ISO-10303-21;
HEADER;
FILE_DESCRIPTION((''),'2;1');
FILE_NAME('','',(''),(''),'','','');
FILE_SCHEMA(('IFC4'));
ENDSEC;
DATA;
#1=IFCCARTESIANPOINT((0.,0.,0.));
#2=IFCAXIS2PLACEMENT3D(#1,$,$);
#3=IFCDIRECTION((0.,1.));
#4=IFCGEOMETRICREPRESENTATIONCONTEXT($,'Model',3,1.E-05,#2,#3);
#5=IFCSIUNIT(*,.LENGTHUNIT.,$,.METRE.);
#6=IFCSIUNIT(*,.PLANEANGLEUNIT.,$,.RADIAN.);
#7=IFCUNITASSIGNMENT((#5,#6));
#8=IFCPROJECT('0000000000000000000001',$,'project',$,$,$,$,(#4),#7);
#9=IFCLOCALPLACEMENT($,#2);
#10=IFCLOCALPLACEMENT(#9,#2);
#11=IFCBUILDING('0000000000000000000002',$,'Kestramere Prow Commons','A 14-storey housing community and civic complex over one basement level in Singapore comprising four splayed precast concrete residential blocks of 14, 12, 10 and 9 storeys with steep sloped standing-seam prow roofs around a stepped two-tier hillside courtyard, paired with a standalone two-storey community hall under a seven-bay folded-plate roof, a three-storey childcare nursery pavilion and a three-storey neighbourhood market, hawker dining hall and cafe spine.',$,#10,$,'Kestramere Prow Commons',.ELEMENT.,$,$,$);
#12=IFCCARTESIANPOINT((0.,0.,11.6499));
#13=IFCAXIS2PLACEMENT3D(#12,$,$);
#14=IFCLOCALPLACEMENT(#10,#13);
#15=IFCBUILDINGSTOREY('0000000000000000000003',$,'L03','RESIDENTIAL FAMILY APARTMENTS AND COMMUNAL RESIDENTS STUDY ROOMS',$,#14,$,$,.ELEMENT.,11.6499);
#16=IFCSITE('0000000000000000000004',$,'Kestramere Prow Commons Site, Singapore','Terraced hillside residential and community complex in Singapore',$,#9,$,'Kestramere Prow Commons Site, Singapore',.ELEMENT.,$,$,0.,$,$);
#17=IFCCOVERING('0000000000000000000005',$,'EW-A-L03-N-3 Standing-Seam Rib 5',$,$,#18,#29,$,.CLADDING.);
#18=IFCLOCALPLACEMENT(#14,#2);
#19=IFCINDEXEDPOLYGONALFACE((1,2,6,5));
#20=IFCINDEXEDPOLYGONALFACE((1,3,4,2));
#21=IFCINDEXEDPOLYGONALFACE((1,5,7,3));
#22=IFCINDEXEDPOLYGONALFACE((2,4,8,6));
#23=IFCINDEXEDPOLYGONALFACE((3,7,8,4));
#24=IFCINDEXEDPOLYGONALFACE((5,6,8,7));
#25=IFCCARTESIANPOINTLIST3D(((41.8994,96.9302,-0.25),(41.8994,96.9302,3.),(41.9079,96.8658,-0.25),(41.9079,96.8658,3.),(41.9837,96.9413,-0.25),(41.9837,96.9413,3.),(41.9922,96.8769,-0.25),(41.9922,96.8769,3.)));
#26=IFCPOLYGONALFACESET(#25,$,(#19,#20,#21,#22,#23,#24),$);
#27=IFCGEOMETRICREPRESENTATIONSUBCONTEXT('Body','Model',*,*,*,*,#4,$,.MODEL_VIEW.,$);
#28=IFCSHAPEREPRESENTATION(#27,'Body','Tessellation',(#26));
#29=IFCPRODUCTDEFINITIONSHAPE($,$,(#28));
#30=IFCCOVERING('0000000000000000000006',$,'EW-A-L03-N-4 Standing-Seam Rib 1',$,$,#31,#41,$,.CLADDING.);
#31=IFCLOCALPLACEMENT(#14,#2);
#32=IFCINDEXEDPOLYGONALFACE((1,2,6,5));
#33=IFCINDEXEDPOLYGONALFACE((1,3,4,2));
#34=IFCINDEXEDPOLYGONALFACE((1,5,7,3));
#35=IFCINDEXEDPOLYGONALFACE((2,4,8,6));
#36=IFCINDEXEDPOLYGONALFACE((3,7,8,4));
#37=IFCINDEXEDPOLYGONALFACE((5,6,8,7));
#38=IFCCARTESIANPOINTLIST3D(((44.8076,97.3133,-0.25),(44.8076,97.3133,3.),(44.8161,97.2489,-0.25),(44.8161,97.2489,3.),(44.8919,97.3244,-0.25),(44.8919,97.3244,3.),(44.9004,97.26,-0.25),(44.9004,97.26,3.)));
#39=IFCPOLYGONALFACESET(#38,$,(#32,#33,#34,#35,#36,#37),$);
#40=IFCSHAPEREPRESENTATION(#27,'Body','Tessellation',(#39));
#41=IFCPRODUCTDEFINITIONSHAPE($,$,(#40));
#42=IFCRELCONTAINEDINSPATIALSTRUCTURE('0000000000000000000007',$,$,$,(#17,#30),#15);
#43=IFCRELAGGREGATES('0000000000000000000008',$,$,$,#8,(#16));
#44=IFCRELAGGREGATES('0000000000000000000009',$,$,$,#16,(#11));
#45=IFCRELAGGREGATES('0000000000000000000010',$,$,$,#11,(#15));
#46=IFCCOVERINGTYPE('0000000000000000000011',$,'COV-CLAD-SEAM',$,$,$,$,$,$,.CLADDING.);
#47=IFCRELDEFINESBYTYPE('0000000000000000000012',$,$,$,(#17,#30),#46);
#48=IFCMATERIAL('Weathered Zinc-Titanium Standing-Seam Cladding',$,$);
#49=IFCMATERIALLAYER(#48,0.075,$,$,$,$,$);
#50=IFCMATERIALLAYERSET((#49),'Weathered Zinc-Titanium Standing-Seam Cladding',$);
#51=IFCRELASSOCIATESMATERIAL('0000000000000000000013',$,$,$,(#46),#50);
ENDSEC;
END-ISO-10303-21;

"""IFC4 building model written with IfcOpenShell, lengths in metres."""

from ifc_helpers import new_model, si_unit, direction, frame, origin, origin_2d, place, context, subcontext, project, spatial, rectangle, extrude, material, layer, layer_set, type_object, element, save


model = new_model("IFC4")

# Units and contexts
model_context = context("Model", 3, precision=1e-05, world=origin(), true_north=direction((0.0, 1.0)))
body_context = subcontext(model_context, "Body", "Model", "MODEL_VIEW")
ifc_project = project(units=[si_unit("LENGTHUNIT", "METRE"), si_unit("PLANEANGLEUNIT", "RADIAN")], contexts=[model_context])

# Site, building, storey
site_placement = place(None, origin())
site = spatial("IfcSite", under=ifc_project, at=site_placement, Name="Kestramere Prow Commons Site, Singapore", Description="Terraced hillside residential and community complex in Singapore", LongName="Kestramere Prow Commons Site, Singapore", CompositionType="ELEMENT", RefElevation=0.0)
building_placement = place(site_placement, origin())
building = spatial("IfcBuilding", under=site, at=building_placement, Name="Kestramere Prow Commons", Description="A 14-storey housing community and civic complex over one basement level in Singapore comprising four splayed precast concrete residential blocks of 14, 12, 10 and 9 storeys with steep sloped standing-seam prow roofs around a stepped two-tier hillside courtyard, paired with a standalone two-storey community hall under a seven-bay folded-plate roof, a three-storey childcare nursery pavilion and a three-storey neighbourhood market, hawker dining hall and cafe spine.", LongName="Kestramere Prow Commons", CompositionType="ELEMENT")
storey_placement = place(building_placement, frame((0.0, 0.0, 11.6499)))
storey = spatial("IfcBuildingStorey", under=building, at=storey_placement, Name="L03", Description="RESIDENTIAL FAMILY APARTMENTS AND COMMUNAL RESIDENTS STUDY ROOMS", CompositionType="ELEMENT", Elevation=11.6499)

# Coverings
ifc_material_1 = material(Name="Weathered Zinc-Titanium Standing-Seam Cladding")
ifc_layer_1 = layer(ifc_material_1, 0.075)
ifc_layer_set_1 = layer_set([ifc_layer_1], Name="Weathered Zinc-Titanium Standing-Seam Cladding")
covering_type = type_object("IfcCoveringType", Name="COV-CLAD-SEAM", PredefinedType="CLADDING", material=ifc_layer_set_1)
for number, where, z_axis, x_axis, name in (
    (1, (41.9458, 96.9036, -0.25), (0.0, 0.0, 1.0), (0.991445, 0.130526, 0.0), "EW-A-L03-N-3 Standing-Seam Rib 5"),
    (2, (44.854, 97.2866, -0.25), (0.0, 0.0, 1.0), (0.991445, 0.130526, 0.0), "EW-A-L03-N-4 Standing-Seam Rib 1"),
):
    element("IfcCovering", number, at=place(storey_placement, frame(where, z_axis=z_axis, x_axis=x_axis)), inside=storey, type_object=covering_type, Name=name, PredefinedType="CLADDING", context=body_context, shape_type="SweptSolid", body=[
        extrude(rectangle(XDim=0.085, YDim=0.0649, at=origin_2d()), origin(), (0.0, 0.0, 1.0), 3.25),
    ])

save(model, "model.ifc")
